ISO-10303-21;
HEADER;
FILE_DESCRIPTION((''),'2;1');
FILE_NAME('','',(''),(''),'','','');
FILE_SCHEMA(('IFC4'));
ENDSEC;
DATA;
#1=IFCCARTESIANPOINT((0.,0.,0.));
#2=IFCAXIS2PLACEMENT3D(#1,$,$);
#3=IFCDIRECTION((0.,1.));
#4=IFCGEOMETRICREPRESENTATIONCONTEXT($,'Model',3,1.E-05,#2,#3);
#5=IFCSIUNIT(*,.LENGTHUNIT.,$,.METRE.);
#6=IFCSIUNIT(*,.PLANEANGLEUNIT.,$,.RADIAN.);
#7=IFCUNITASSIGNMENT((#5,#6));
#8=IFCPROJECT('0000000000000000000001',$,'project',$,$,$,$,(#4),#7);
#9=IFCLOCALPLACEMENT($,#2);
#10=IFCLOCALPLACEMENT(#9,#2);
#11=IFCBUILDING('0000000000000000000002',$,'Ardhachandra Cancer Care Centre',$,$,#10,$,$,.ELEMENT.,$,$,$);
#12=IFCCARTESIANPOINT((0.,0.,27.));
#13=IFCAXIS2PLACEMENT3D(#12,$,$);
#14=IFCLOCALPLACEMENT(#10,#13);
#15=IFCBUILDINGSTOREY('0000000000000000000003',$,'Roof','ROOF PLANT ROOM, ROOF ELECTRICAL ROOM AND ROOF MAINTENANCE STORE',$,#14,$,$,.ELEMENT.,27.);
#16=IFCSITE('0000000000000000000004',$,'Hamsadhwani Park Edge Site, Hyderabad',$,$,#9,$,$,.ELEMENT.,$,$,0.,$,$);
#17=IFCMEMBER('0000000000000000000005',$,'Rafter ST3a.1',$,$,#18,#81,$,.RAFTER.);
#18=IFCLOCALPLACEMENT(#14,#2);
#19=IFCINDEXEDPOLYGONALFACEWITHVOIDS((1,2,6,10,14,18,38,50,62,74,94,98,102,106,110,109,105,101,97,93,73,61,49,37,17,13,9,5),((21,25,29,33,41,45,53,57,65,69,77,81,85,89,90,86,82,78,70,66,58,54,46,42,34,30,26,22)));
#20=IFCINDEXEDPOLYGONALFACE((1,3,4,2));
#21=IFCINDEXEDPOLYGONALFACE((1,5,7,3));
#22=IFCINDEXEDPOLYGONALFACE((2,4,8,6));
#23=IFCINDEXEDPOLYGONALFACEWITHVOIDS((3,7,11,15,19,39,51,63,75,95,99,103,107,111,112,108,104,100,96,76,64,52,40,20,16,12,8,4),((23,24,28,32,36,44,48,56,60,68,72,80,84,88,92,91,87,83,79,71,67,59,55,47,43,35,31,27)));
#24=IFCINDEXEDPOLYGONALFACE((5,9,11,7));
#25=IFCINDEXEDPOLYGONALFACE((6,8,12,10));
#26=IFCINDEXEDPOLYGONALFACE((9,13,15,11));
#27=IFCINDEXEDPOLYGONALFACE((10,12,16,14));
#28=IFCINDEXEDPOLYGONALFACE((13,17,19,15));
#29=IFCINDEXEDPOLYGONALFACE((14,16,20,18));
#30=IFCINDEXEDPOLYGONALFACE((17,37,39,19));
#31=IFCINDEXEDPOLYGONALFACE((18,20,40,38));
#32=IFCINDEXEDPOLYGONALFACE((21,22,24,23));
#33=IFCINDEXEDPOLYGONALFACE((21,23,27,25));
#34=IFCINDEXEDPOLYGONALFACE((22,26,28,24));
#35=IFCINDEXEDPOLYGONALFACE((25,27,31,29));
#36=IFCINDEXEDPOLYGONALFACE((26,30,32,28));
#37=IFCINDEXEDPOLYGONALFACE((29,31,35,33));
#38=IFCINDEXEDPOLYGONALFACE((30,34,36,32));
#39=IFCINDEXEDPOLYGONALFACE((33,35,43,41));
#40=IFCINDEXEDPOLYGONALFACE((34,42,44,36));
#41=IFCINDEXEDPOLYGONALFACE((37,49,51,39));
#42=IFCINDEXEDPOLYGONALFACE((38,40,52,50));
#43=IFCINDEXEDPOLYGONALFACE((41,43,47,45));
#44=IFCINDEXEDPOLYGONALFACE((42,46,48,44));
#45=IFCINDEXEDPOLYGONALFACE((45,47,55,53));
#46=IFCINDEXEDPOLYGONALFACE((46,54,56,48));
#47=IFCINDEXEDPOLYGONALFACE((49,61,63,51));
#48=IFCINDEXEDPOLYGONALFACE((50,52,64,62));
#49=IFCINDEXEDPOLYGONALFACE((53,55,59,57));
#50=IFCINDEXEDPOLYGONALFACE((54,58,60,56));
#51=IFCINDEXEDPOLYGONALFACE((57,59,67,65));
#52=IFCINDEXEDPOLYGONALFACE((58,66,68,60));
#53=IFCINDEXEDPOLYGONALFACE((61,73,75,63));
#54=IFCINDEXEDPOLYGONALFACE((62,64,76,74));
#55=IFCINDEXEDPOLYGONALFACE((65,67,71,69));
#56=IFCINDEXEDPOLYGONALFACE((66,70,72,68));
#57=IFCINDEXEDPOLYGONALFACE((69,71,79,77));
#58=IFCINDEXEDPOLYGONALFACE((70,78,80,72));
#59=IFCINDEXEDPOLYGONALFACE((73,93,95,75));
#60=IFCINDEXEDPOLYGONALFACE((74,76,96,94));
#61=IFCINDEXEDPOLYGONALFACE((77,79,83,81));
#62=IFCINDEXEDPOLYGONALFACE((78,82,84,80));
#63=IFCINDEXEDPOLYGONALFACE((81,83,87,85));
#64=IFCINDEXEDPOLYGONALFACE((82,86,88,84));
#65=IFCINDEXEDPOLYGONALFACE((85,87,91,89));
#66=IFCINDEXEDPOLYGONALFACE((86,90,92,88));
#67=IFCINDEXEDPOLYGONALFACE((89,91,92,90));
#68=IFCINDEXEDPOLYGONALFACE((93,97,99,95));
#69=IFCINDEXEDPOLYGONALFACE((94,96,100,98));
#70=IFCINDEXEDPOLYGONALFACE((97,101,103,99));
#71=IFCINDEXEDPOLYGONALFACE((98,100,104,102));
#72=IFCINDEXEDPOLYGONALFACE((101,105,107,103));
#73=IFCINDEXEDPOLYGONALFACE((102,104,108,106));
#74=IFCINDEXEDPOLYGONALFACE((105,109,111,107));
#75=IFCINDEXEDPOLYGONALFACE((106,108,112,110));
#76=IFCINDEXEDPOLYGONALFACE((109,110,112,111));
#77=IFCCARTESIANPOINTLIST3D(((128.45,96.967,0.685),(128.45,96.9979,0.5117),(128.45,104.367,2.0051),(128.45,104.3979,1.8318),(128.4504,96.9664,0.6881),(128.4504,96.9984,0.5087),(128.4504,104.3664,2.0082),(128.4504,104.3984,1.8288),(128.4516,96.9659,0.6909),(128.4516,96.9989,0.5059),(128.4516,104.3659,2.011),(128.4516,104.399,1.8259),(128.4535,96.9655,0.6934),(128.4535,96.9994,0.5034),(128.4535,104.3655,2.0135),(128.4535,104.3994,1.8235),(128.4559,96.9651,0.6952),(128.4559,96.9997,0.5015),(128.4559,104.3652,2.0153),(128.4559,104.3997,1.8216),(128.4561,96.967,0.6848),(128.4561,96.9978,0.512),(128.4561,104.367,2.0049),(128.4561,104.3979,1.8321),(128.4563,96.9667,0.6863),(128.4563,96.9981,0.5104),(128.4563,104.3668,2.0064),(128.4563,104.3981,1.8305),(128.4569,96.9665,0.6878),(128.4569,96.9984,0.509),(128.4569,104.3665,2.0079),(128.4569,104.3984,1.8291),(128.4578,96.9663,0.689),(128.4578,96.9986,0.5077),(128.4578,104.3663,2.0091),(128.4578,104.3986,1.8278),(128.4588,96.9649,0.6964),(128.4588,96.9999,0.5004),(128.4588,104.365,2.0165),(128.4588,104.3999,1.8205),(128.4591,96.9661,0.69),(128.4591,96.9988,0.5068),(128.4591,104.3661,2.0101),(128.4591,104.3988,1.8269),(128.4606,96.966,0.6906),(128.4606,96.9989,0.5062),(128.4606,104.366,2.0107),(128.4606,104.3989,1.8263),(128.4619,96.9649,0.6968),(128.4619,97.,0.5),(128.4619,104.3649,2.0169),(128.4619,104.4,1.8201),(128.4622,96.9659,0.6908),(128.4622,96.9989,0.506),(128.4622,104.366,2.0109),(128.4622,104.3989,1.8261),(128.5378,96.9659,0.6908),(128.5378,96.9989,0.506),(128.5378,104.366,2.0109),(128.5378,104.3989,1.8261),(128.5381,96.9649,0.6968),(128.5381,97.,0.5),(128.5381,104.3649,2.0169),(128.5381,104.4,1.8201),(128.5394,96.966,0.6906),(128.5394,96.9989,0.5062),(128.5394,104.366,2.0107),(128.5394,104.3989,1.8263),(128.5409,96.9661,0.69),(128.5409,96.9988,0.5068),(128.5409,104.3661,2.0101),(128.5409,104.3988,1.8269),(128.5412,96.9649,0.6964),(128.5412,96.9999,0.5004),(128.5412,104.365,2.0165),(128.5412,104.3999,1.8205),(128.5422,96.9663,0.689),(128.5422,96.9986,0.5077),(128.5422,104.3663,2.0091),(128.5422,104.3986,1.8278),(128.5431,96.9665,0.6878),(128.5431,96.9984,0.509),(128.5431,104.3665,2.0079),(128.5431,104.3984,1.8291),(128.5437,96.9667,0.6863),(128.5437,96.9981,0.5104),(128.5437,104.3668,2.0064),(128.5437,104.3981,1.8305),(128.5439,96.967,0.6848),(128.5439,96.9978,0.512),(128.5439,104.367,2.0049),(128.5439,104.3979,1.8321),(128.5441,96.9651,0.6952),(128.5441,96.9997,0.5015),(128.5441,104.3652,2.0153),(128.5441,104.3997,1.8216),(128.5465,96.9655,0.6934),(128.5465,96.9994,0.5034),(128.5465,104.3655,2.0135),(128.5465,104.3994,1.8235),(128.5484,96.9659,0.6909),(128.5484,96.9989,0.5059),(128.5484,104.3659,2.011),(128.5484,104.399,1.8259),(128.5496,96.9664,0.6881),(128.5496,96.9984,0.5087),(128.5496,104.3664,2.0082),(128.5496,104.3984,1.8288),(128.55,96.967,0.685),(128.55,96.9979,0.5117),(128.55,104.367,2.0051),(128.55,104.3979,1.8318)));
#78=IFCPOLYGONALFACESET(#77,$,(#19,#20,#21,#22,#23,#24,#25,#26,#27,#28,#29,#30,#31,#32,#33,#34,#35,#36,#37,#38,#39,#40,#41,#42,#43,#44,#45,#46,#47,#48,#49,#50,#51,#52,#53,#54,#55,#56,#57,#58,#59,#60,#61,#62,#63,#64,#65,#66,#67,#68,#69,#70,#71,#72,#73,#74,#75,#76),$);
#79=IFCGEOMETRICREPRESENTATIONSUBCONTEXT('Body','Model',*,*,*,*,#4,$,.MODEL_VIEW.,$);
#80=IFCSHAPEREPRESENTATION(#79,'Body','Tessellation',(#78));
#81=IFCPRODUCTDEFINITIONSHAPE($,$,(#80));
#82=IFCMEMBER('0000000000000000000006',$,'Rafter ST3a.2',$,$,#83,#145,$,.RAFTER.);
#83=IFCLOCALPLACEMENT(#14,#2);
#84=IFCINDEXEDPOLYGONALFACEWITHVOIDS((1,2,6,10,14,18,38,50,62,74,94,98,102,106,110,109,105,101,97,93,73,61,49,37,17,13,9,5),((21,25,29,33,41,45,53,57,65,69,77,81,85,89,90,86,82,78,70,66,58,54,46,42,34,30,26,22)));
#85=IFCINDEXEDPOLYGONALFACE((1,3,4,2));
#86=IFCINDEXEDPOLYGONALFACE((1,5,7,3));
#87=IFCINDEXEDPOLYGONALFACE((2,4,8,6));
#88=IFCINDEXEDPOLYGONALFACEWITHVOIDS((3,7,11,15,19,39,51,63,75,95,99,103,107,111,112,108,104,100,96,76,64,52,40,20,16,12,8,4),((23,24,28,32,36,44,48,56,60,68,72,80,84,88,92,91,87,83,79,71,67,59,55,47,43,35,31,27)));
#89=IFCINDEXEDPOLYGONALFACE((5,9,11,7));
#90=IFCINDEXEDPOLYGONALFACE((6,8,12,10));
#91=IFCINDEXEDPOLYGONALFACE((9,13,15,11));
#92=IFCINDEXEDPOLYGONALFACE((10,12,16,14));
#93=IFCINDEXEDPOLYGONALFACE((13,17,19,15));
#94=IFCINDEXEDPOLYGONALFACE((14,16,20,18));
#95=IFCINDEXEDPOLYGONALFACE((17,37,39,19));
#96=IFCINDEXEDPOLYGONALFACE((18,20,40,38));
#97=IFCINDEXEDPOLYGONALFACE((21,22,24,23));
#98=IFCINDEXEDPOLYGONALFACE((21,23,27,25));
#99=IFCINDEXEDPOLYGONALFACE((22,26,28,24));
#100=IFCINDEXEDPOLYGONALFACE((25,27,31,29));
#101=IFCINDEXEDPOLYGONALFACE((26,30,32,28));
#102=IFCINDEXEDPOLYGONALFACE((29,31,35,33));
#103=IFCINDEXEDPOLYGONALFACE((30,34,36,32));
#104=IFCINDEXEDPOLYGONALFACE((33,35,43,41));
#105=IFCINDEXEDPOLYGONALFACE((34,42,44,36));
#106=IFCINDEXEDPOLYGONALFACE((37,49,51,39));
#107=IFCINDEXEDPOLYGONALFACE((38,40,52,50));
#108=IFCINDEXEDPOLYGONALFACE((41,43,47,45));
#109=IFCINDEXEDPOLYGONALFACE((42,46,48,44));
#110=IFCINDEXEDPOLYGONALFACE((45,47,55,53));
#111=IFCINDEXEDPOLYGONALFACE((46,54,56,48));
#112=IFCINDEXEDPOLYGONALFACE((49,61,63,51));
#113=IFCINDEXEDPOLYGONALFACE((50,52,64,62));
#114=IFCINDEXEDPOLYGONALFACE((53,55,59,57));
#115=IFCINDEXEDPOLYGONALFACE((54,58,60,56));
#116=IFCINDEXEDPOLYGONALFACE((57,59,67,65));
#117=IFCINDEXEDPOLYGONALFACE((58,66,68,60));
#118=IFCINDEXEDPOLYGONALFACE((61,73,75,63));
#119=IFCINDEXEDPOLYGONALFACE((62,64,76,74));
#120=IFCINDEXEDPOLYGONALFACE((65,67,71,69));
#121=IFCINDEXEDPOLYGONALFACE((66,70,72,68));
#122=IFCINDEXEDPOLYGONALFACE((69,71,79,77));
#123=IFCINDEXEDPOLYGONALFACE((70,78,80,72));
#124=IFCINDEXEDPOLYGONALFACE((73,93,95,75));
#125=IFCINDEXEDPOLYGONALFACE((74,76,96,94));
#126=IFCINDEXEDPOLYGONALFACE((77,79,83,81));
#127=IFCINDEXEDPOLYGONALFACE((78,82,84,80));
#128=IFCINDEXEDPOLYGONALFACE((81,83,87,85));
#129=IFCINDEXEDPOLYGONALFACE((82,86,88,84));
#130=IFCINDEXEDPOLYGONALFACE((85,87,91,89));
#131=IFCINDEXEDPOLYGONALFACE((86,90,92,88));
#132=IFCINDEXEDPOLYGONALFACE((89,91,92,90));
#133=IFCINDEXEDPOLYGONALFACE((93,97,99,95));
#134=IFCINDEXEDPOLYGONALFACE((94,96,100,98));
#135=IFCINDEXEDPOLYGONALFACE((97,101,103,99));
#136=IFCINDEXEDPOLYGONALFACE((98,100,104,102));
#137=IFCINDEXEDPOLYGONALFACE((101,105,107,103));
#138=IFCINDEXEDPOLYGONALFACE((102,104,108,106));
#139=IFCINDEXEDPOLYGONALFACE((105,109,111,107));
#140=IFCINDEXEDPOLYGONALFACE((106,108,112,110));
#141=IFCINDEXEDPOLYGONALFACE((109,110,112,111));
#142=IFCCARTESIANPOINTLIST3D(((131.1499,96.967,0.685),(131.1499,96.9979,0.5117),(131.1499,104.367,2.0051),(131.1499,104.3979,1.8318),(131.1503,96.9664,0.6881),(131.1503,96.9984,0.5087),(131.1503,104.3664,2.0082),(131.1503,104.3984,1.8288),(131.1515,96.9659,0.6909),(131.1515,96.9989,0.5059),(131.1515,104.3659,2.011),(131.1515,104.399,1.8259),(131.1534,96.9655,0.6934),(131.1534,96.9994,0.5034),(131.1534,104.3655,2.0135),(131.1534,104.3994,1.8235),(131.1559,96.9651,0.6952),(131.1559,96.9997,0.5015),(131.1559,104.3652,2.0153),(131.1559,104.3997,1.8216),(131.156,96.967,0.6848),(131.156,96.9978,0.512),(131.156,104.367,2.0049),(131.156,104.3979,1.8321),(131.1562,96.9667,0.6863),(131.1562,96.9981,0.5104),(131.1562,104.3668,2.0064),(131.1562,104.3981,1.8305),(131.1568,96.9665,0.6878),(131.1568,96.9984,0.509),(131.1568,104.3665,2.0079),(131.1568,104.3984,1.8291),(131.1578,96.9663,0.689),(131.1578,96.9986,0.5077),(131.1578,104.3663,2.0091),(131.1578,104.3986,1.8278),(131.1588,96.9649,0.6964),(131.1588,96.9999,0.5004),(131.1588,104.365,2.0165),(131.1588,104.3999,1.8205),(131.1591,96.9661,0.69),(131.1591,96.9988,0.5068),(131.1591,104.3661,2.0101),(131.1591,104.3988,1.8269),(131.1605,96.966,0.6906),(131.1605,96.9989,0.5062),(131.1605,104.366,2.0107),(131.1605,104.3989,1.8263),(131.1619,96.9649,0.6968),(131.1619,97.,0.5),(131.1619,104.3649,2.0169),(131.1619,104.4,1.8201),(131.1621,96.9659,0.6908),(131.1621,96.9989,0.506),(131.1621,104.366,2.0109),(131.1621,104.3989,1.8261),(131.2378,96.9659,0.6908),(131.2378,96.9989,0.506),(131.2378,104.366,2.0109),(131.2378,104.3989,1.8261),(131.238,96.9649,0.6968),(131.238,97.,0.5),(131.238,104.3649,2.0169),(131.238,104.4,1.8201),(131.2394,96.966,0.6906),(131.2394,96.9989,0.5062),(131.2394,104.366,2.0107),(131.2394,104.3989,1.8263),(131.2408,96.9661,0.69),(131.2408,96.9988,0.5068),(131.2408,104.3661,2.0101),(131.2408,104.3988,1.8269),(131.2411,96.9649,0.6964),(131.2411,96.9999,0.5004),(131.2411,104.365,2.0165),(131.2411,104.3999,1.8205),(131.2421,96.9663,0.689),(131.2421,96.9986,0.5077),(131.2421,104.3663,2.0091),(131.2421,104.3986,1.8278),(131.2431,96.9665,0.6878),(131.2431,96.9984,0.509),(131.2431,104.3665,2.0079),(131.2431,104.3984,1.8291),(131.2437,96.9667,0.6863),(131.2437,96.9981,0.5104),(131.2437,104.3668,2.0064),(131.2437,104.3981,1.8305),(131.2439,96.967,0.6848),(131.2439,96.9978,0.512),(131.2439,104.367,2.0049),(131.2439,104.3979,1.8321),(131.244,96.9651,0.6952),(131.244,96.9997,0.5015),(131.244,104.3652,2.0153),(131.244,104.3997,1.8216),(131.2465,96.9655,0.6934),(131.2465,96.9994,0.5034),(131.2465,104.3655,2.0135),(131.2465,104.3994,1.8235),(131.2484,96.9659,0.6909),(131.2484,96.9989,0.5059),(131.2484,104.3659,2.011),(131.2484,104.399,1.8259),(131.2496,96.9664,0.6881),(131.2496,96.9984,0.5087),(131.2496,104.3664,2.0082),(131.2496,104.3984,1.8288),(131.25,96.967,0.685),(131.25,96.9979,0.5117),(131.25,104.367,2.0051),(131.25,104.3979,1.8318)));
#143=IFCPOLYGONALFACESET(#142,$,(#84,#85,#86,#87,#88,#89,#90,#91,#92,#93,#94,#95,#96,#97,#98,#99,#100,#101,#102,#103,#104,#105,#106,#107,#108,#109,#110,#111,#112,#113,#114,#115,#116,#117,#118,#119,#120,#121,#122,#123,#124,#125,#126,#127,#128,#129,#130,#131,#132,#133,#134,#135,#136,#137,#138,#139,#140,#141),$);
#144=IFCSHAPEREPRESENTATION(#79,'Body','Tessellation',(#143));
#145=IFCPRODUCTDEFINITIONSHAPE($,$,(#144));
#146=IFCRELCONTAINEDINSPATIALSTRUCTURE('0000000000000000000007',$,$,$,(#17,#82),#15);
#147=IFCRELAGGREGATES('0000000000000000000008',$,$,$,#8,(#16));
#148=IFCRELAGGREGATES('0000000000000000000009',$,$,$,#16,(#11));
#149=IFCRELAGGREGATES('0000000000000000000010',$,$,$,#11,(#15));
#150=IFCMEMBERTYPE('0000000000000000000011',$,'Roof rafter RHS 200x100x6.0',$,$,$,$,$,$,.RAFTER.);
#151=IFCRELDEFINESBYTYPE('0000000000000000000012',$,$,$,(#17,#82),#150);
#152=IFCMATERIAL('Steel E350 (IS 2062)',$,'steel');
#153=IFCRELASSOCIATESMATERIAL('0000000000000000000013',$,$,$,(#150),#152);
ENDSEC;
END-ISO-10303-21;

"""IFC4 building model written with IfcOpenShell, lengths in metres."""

from ifc_helpers import new_model, si_unit, direction, frame, origin, origin_2d, place, context, subcontext, project, spatial, hollow_rectangle, extrude, material, material_profile, profile_set, type_object, element, save


model = new_model("IFC4")

# Units and contexts
model_context = context("Model", 3, precision=1e-05, world=origin(), true_north=direction((0.0, 1.0)))
body_context = subcontext(model_context, "Body", "Model", "MODEL_VIEW")
ifc_project = project(units=[si_unit("LENGTHUNIT", "METRE"), si_unit("PLANEANGLEUNIT", "RADIAN")], contexts=[model_context])

# Site, building, storey
site_placement = place(None, origin())
site = spatial("IfcSite", under=ifc_project, at=site_placement, Name="Hamsadhwani Park Edge Site, Hyderabad", CompositionType="ELEMENT", RefElevation=0.0)
building_placement = place(site_placement, origin())
building = spatial("IfcBuilding", under=site, at=building_placement, Name="Ardhachandra Cancer Care Centre", CompositionType="ELEMENT")
storey_placement = place(building_placement, frame((0.0, 0.0, 27.0)))
storey = spatial("IfcBuildingStorey", under=building, at=storey_placement, Name="Roof", Description="ROOF PLANT ROOM, ROOF ELECTRICAL ROOM AND ROOF MAINTENANCE STORE", CompositionType="ELEMENT", Elevation=27.0)

# Members
ifc_material_1 = material(Name="Steel E350 (IS 2062)", Category="steel")
ifc_material_profile_1 = material_profile(ifc_material_1, hollow_rectangle(XDim=0.1001, YDim=0.2, WallThickness=0.0061, InnerFilletRadius=0.0061, OuterFilletRadius=0.012, at=origin_2d()), Name="RHS 200x100x6.0")
ifc_profile_set_1 = profile_set([ifc_material_profile_1], Name="Steel E350 (IS 2062)")
member_type_1 = type_object("IfcMemberType", Name="Roof rafter RHS 200x100x6.0", PredefinedType="RAFTER", material=ifc_profile_set_1)
for number, where, z_axis, x_axis, name in (
    (1, (128.5, 96.9824, 0.5984), (0.0, 0.984458, 0.175618), (-1.0, 0.0, 0.0), "Rafter ST3a.1"),
    (2, (131.2, 96.9824, 0.5984), (0.0, 0.984458, 0.175618), (-1.0, 0.0, 0.0), "Rafter ST3a.2"),
):
    element("IfcMember", number, at=place(storey_placement, frame(where, z_axis=z_axis, x_axis=x_axis)), inside=storey, type_object=member_type_1, Name=name, PredefinedType="RAFTER", context=body_context, shape_type="SweptSolid", body=[
        extrude(hollow_rectangle(XDim=0.1001, YDim=0.2, WallThickness=0.0061, InnerFilletRadius=0.0061, OuterFilletRadius=0.012, at=origin_2d()), origin(), (0.0, 0.0, 1.0), 7.5168),
    ])

save(model, "model.ifc")
